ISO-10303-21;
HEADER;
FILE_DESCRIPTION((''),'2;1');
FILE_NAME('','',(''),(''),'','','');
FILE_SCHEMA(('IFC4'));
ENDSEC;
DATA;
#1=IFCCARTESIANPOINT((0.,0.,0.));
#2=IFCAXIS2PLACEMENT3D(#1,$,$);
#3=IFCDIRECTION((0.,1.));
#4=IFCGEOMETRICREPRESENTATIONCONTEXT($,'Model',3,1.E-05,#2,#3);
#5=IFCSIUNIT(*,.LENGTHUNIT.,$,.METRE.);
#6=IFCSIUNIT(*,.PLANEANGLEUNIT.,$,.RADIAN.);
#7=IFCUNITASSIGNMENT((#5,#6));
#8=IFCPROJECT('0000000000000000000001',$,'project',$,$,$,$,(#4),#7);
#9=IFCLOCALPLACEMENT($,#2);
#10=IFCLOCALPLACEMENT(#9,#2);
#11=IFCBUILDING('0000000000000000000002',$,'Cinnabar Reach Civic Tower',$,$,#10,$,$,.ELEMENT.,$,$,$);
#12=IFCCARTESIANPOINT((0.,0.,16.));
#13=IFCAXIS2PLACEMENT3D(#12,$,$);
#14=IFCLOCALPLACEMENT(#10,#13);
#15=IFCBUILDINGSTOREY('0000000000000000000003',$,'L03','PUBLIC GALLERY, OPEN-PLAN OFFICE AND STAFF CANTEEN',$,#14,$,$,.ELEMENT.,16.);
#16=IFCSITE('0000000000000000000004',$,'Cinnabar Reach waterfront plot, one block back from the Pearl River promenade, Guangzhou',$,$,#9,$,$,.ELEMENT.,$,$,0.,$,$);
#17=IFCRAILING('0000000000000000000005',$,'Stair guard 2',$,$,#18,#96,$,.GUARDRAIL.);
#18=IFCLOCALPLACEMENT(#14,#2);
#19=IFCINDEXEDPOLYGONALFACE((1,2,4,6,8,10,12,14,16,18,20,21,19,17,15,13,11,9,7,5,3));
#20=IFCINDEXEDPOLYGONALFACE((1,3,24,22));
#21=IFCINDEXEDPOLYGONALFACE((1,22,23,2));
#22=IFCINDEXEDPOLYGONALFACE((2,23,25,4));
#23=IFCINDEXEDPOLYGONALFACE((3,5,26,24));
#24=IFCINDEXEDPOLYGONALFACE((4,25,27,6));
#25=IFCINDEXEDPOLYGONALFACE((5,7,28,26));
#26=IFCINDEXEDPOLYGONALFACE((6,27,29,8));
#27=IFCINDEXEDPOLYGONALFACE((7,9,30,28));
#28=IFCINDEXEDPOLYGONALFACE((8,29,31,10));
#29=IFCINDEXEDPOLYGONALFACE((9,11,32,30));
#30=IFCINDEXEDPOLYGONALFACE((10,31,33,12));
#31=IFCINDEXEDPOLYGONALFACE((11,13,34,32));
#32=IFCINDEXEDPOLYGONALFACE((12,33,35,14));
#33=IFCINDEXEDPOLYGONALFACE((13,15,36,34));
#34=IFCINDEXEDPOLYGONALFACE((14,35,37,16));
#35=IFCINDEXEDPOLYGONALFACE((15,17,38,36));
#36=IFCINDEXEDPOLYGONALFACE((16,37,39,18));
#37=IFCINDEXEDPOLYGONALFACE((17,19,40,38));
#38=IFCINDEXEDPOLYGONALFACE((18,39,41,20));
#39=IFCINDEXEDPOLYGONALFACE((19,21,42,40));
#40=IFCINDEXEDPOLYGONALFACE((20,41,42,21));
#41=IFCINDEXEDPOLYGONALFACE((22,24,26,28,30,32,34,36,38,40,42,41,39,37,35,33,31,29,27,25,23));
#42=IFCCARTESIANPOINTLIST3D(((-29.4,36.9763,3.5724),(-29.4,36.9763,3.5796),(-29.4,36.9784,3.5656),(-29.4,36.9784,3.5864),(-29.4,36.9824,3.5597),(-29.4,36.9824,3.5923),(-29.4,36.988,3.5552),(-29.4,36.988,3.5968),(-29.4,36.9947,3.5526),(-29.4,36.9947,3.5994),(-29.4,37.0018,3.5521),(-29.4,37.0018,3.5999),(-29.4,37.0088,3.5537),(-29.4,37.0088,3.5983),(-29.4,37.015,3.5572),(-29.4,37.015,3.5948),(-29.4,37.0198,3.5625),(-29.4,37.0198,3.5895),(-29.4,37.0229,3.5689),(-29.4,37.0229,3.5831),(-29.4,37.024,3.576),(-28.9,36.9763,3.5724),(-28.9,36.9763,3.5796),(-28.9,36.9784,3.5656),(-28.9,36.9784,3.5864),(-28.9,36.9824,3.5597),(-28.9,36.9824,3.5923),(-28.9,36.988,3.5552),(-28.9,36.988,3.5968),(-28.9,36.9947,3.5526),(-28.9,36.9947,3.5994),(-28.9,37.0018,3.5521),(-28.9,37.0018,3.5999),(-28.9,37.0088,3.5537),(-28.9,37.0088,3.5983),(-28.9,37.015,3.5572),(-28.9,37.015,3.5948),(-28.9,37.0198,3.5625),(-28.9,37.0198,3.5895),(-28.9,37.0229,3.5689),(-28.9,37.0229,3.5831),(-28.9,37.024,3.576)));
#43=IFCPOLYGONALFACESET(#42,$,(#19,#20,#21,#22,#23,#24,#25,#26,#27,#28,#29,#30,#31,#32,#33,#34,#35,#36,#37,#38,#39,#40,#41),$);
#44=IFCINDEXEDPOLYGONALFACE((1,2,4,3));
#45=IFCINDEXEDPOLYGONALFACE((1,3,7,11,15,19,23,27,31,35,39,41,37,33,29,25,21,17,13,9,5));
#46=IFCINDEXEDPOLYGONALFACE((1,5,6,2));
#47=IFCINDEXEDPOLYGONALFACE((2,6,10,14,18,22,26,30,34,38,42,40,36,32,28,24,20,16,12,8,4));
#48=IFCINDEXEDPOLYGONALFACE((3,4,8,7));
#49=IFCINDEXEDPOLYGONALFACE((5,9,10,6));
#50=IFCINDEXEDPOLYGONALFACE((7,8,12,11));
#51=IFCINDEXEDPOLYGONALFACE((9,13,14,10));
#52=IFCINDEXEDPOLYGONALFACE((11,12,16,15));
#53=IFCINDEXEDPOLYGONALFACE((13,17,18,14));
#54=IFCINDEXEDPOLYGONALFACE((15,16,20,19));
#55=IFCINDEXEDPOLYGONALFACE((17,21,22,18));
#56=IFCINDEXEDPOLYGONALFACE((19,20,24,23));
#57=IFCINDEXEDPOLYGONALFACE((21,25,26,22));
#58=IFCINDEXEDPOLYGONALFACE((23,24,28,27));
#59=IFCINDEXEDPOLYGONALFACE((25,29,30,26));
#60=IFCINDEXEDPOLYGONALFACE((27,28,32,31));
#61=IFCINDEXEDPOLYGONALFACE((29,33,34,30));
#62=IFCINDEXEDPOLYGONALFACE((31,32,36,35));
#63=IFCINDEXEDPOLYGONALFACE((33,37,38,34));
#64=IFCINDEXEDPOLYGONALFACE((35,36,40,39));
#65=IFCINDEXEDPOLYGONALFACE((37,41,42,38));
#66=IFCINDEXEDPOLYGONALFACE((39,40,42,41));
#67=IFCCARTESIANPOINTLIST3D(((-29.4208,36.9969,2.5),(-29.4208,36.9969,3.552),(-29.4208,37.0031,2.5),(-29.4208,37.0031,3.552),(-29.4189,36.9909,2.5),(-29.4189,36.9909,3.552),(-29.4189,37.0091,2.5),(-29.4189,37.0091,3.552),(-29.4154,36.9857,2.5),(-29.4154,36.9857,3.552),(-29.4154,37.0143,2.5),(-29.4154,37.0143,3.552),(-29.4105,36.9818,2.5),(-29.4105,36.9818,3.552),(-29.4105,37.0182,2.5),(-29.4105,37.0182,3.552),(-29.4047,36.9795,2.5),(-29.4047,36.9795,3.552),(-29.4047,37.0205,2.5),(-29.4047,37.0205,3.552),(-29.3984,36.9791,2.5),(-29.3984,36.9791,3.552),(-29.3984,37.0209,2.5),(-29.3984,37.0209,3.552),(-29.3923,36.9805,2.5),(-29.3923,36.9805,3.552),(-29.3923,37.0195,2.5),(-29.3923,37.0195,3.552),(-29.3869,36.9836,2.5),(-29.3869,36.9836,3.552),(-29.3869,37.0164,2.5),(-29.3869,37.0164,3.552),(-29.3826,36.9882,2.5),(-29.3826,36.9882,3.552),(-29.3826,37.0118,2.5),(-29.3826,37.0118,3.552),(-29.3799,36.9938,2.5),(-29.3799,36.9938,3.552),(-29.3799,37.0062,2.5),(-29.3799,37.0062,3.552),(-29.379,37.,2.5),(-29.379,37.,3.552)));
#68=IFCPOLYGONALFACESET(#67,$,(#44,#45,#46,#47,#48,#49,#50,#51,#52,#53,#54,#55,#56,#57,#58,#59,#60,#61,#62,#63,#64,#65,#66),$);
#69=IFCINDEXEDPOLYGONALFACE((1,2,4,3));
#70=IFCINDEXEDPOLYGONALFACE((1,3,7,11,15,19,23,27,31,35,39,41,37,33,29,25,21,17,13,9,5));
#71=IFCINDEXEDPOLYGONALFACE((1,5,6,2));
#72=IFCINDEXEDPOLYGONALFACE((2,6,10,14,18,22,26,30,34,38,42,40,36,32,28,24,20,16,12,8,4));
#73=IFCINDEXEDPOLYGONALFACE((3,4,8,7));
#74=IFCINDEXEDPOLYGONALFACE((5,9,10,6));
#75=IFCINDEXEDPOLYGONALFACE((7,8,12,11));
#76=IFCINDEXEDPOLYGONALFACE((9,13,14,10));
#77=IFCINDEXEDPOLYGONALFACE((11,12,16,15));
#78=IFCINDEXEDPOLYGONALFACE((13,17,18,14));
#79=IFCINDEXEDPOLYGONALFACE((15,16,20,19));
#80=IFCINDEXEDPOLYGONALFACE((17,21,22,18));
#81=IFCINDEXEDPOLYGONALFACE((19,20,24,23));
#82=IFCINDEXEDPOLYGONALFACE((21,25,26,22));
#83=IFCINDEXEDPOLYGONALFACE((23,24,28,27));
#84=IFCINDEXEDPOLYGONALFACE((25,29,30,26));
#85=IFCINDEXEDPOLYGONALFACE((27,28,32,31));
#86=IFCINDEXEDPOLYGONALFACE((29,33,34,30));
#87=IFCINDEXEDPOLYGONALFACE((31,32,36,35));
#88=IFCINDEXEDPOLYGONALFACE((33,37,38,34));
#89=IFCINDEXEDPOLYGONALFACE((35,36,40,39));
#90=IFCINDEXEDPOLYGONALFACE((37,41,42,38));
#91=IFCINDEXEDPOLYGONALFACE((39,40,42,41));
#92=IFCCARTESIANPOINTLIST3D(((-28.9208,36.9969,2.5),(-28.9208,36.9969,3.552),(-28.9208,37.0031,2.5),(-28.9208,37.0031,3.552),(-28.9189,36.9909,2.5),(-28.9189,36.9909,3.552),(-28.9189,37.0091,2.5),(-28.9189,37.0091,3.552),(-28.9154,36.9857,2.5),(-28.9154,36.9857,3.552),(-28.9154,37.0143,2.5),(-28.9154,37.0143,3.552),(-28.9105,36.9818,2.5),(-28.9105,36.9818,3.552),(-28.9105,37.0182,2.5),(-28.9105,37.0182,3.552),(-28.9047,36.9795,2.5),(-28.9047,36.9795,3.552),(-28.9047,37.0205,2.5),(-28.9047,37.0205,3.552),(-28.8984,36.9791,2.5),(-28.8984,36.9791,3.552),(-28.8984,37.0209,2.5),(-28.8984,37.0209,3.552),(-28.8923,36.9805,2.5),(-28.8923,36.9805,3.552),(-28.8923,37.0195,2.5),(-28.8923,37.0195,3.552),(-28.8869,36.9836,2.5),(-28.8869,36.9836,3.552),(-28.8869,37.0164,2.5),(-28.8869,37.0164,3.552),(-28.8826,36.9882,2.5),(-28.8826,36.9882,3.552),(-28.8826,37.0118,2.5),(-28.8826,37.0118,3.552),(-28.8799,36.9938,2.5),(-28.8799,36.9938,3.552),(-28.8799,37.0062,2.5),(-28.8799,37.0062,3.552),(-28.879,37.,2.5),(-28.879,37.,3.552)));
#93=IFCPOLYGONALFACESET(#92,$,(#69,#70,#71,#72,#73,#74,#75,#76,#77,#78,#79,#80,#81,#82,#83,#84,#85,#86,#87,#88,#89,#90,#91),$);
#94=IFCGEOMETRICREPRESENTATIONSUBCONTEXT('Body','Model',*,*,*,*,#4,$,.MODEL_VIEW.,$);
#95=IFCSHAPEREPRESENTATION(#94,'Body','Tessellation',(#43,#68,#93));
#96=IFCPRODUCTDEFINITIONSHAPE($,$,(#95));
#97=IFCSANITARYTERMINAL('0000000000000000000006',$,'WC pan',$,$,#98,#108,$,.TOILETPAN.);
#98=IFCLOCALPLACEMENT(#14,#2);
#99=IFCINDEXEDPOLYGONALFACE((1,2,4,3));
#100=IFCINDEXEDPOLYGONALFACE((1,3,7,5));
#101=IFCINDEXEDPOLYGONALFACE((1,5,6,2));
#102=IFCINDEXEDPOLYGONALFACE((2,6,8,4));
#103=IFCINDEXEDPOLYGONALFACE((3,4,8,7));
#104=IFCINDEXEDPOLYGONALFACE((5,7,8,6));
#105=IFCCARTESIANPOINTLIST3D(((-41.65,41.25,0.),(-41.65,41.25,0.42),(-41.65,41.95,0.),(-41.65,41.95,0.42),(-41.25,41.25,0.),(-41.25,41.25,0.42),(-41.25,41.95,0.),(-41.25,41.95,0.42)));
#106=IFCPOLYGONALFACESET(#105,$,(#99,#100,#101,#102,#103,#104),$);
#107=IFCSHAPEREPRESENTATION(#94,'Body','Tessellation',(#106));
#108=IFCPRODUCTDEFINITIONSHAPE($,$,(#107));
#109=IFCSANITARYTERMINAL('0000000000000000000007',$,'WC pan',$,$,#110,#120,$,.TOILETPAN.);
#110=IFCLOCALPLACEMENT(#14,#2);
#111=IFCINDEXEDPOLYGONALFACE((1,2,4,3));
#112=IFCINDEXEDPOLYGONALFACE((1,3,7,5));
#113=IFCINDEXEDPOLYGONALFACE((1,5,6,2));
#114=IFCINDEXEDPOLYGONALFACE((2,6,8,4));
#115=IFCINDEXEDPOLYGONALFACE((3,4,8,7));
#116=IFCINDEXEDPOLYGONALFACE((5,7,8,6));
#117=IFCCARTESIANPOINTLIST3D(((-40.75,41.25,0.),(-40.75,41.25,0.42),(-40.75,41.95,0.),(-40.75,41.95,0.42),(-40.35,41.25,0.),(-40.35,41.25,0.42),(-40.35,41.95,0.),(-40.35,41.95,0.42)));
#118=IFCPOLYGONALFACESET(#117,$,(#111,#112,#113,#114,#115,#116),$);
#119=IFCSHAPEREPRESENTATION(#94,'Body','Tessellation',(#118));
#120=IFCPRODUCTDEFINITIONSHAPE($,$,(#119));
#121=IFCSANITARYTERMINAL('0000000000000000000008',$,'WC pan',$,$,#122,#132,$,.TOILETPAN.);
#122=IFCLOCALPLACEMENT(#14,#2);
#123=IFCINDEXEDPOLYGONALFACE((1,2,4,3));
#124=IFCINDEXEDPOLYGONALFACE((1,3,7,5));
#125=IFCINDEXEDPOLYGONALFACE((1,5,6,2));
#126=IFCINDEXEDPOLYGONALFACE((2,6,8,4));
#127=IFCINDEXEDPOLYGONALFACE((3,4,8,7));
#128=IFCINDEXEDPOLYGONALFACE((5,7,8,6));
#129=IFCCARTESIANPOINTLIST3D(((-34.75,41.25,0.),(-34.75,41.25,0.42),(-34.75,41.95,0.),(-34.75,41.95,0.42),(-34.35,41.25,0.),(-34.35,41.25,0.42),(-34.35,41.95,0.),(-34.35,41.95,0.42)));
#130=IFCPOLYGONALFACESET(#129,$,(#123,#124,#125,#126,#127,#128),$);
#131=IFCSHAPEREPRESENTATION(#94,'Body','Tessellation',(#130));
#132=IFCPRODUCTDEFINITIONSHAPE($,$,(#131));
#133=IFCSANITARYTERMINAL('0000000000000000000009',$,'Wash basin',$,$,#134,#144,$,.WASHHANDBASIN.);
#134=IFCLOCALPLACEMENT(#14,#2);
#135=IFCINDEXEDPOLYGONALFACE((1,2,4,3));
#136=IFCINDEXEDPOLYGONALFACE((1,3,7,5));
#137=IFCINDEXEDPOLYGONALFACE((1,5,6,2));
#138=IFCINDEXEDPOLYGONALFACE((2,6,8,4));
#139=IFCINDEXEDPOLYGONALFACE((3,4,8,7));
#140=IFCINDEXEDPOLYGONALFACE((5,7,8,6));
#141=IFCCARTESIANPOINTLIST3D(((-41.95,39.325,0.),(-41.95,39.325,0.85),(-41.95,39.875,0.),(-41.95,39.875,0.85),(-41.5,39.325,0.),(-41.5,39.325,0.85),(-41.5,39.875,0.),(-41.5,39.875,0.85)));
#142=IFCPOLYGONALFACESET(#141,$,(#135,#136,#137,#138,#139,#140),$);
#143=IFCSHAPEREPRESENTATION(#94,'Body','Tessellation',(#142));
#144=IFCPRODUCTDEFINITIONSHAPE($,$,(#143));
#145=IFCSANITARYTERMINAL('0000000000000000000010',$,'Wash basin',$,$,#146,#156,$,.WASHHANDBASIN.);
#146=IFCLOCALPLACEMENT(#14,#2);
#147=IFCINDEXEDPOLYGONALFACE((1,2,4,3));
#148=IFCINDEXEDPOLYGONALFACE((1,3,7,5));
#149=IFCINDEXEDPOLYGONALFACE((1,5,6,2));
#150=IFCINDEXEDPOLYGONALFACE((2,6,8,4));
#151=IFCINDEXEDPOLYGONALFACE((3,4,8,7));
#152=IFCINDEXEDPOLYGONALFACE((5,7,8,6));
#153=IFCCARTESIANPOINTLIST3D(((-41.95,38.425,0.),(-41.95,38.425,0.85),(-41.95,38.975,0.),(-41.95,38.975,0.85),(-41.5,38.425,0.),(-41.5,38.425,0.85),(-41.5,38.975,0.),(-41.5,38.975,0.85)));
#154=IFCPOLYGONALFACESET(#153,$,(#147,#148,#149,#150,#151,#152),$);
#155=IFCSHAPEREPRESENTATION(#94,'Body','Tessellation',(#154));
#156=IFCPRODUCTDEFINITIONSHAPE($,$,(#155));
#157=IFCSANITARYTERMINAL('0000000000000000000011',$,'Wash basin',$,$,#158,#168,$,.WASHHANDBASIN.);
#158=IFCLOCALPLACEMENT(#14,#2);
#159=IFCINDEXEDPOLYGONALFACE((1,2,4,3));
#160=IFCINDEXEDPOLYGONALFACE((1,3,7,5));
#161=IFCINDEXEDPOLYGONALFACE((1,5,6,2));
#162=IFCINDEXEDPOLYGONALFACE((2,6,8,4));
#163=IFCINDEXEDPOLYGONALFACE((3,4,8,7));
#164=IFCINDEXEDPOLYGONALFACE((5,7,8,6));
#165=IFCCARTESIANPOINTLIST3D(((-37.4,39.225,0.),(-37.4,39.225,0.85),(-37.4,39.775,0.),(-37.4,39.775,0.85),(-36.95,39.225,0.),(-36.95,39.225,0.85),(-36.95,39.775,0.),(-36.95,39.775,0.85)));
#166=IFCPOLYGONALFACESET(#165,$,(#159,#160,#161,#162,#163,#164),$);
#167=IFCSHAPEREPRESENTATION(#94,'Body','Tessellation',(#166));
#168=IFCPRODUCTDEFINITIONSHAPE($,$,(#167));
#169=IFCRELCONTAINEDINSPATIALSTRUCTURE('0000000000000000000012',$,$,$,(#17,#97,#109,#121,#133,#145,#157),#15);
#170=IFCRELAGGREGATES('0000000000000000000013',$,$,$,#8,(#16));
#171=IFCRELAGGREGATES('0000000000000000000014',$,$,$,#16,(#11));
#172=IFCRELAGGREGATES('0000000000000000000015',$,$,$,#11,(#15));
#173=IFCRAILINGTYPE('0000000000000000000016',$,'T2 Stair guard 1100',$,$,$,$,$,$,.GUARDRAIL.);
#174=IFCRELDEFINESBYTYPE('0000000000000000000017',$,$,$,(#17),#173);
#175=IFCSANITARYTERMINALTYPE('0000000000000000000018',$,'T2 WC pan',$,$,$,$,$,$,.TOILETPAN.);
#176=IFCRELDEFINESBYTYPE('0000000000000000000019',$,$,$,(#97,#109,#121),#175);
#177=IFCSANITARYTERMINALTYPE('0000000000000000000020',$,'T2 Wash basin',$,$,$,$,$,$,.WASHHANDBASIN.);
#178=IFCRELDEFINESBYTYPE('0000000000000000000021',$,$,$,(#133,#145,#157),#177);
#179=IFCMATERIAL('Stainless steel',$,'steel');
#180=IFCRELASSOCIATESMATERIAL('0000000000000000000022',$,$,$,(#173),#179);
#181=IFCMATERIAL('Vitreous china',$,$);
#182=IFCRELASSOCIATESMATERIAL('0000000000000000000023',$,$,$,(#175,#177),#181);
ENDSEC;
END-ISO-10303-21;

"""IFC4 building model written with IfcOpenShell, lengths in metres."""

from ifc_helpers import new_model, si_unit, direction, frame, origin, origin_2d, place, context, subcontext, project, spatial, rectangle, circle, extrude, material, type_object, element, save


model = new_model("IFC4")

# Units and contexts
model_context = context("Model", 3, precision=1e-05, world=origin(), true_north=direction((0.0, 1.0)))
body_context = subcontext(model_context, "Body", "Model", "MODEL_VIEW")
ifc_project = project(units=[si_unit("LENGTHUNIT", "METRE"), si_unit("PLANEANGLEUNIT", "RADIAN")], contexts=[model_context])

# Site, building, storey
site_placement = place(None, origin())
site = spatial("IfcSite", under=ifc_project, at=site_placement, Name="Cinnabar Reach waterfront plot, one block back from the Pearl River promenade, Guangzhou", CompositionType="ELEMENT", RefElevation=0.0)
building_placement = place(site_placement, origin())
building = spatial("IfcBuilding", under=site, at=building_placement, Name="Cinnabar Reach Civic Tower", CompositionType="ELEMENT")
storey_placement = place(building_placement, frame((0.0, 0.0, 16.0)))
storey = spatial("IfcBuildingStorey", under=building, at=storey_placement, Name="L03", Description="PUBLIC GALLERY, OPEN-PLAN OFFICE AND STAFF CANTEEN", CompositionType="ELEMENT", Elevation=16.0)

# Railing
ifc_material_1 = material(Name="Stainless steel", Category="steel")
railing_type = type_object("IfcRailingType", Name="T2 Stair guard 1100", PredefinedType="GUARDRAIL", material=ifc_material_1)
railing_1_placement = place(storey_placement, frame((-29.4, 37.0, 2.5)))
element("IfcRailing", 1, at=railing_1_placement, inside=storey, type_object=railing_type, Name="Stair guard 2", PredefinedType="GUARDRAIL", context=body_context, shape_type="SweptSolid", body=[
    extrude(circle(Radius=0.024, at=origin_2d()), frame((0.0, 0.0, 1.076), z_axis=(1.0, 0.0, 0.0), x_axis=(0.0, 1.0, 0.0)), (0.0, 0.0, 1.0), 0.5),
    extrude(circle(Radius=0.021, at=origin_2d()), origin(), (0.0, 0.0, 1.0), 1.052),
    extrude(circle(Radius=0.021, at=origin_2d()), frame((0.5, 0.0, 0.0)), (0.0, 0.0, 1.0), 1.052),
])

# Sanitary terminals
ifc_material_2 = material(Name="Vitreous china")
sanitary_terminal_type_1 = type_object("IfcSanitaryTerminalType", Name="T2 WC pan", PredefinedType="TOILETPAN", material=ifc_material_2)
for number, where, z_axis, x_axis, name in (
    (2, (-41.45, 41.6, 0.0), (0.0, 0.0, 1.0), (1.0, 0.0, 0.0), "WC pan"),
    (3, (-40.55, 41.6, 0.0), (0.0, 0.0, 1.0), (1.0, 0.0, 0.0), "WC pan"),
    (4, (-34.55, 41.6, 0.0), (0.0, 0.0, 1.0), (1.0, 0.0, 0.0), "WC pan"),
):
    element("IfcSanitaryTerminal", number, at=place(storey_placement, frame(where, z_axis=z_axis, x_axis=x_axis)), inside=storey, type_object=sanitary_terminal_type_1, Name=name, PredefinedType="TOILETPAN", context=body_context, shape_type="SweptSolid", body=[
        extrude(rectangle(XDim=0.4, YDim=0.7, at=origin_2d()), origin(), (0.0, 0.0, 1.0), 0.42),
    ])
sanitary_terminal_type_2 = type_object("IfcSanitaryTerminalType", Name="T2 Wash basin", PredefinedType="WASHHANDBASIN", material=ifc_material_2)
for number, where, z_axis, x_axis, name in (
    (5, (-41.725, 39.6, 0.0), (0.0, 0.0, 1.0), (1.0, 0.0, 0.0), "Wash basin"),
    (6, (-41.725, 38.7, 0.0), (0.0, 0.0, 1.0), (1.0, 0.0, 0.0), "Wash basin"),
    (7, (-37.175, 39.5, 0.0), (0.0, 0.0, 1.0), (1.0, 0.0, 0.0), "Wash basin"),
):
    element("IfcSanitaryTerminal", number, at=place(storey_placement, frame(where, z_axis=z_axis, x_axis=x_axis)), inside=storey, type_object=sanitary_terminal_type_2, Name=name, PredefinedType="WASHHANDBASIN", context=body_context, shape_type="SweptSolid", body=[
        extrude(rectangle(XDim=0.45, YDim=0.55, at=origin_2d()), origin(), (0.0, 0.0, 1.0), 0.85),
    ])

save(model, "model.ifc")
